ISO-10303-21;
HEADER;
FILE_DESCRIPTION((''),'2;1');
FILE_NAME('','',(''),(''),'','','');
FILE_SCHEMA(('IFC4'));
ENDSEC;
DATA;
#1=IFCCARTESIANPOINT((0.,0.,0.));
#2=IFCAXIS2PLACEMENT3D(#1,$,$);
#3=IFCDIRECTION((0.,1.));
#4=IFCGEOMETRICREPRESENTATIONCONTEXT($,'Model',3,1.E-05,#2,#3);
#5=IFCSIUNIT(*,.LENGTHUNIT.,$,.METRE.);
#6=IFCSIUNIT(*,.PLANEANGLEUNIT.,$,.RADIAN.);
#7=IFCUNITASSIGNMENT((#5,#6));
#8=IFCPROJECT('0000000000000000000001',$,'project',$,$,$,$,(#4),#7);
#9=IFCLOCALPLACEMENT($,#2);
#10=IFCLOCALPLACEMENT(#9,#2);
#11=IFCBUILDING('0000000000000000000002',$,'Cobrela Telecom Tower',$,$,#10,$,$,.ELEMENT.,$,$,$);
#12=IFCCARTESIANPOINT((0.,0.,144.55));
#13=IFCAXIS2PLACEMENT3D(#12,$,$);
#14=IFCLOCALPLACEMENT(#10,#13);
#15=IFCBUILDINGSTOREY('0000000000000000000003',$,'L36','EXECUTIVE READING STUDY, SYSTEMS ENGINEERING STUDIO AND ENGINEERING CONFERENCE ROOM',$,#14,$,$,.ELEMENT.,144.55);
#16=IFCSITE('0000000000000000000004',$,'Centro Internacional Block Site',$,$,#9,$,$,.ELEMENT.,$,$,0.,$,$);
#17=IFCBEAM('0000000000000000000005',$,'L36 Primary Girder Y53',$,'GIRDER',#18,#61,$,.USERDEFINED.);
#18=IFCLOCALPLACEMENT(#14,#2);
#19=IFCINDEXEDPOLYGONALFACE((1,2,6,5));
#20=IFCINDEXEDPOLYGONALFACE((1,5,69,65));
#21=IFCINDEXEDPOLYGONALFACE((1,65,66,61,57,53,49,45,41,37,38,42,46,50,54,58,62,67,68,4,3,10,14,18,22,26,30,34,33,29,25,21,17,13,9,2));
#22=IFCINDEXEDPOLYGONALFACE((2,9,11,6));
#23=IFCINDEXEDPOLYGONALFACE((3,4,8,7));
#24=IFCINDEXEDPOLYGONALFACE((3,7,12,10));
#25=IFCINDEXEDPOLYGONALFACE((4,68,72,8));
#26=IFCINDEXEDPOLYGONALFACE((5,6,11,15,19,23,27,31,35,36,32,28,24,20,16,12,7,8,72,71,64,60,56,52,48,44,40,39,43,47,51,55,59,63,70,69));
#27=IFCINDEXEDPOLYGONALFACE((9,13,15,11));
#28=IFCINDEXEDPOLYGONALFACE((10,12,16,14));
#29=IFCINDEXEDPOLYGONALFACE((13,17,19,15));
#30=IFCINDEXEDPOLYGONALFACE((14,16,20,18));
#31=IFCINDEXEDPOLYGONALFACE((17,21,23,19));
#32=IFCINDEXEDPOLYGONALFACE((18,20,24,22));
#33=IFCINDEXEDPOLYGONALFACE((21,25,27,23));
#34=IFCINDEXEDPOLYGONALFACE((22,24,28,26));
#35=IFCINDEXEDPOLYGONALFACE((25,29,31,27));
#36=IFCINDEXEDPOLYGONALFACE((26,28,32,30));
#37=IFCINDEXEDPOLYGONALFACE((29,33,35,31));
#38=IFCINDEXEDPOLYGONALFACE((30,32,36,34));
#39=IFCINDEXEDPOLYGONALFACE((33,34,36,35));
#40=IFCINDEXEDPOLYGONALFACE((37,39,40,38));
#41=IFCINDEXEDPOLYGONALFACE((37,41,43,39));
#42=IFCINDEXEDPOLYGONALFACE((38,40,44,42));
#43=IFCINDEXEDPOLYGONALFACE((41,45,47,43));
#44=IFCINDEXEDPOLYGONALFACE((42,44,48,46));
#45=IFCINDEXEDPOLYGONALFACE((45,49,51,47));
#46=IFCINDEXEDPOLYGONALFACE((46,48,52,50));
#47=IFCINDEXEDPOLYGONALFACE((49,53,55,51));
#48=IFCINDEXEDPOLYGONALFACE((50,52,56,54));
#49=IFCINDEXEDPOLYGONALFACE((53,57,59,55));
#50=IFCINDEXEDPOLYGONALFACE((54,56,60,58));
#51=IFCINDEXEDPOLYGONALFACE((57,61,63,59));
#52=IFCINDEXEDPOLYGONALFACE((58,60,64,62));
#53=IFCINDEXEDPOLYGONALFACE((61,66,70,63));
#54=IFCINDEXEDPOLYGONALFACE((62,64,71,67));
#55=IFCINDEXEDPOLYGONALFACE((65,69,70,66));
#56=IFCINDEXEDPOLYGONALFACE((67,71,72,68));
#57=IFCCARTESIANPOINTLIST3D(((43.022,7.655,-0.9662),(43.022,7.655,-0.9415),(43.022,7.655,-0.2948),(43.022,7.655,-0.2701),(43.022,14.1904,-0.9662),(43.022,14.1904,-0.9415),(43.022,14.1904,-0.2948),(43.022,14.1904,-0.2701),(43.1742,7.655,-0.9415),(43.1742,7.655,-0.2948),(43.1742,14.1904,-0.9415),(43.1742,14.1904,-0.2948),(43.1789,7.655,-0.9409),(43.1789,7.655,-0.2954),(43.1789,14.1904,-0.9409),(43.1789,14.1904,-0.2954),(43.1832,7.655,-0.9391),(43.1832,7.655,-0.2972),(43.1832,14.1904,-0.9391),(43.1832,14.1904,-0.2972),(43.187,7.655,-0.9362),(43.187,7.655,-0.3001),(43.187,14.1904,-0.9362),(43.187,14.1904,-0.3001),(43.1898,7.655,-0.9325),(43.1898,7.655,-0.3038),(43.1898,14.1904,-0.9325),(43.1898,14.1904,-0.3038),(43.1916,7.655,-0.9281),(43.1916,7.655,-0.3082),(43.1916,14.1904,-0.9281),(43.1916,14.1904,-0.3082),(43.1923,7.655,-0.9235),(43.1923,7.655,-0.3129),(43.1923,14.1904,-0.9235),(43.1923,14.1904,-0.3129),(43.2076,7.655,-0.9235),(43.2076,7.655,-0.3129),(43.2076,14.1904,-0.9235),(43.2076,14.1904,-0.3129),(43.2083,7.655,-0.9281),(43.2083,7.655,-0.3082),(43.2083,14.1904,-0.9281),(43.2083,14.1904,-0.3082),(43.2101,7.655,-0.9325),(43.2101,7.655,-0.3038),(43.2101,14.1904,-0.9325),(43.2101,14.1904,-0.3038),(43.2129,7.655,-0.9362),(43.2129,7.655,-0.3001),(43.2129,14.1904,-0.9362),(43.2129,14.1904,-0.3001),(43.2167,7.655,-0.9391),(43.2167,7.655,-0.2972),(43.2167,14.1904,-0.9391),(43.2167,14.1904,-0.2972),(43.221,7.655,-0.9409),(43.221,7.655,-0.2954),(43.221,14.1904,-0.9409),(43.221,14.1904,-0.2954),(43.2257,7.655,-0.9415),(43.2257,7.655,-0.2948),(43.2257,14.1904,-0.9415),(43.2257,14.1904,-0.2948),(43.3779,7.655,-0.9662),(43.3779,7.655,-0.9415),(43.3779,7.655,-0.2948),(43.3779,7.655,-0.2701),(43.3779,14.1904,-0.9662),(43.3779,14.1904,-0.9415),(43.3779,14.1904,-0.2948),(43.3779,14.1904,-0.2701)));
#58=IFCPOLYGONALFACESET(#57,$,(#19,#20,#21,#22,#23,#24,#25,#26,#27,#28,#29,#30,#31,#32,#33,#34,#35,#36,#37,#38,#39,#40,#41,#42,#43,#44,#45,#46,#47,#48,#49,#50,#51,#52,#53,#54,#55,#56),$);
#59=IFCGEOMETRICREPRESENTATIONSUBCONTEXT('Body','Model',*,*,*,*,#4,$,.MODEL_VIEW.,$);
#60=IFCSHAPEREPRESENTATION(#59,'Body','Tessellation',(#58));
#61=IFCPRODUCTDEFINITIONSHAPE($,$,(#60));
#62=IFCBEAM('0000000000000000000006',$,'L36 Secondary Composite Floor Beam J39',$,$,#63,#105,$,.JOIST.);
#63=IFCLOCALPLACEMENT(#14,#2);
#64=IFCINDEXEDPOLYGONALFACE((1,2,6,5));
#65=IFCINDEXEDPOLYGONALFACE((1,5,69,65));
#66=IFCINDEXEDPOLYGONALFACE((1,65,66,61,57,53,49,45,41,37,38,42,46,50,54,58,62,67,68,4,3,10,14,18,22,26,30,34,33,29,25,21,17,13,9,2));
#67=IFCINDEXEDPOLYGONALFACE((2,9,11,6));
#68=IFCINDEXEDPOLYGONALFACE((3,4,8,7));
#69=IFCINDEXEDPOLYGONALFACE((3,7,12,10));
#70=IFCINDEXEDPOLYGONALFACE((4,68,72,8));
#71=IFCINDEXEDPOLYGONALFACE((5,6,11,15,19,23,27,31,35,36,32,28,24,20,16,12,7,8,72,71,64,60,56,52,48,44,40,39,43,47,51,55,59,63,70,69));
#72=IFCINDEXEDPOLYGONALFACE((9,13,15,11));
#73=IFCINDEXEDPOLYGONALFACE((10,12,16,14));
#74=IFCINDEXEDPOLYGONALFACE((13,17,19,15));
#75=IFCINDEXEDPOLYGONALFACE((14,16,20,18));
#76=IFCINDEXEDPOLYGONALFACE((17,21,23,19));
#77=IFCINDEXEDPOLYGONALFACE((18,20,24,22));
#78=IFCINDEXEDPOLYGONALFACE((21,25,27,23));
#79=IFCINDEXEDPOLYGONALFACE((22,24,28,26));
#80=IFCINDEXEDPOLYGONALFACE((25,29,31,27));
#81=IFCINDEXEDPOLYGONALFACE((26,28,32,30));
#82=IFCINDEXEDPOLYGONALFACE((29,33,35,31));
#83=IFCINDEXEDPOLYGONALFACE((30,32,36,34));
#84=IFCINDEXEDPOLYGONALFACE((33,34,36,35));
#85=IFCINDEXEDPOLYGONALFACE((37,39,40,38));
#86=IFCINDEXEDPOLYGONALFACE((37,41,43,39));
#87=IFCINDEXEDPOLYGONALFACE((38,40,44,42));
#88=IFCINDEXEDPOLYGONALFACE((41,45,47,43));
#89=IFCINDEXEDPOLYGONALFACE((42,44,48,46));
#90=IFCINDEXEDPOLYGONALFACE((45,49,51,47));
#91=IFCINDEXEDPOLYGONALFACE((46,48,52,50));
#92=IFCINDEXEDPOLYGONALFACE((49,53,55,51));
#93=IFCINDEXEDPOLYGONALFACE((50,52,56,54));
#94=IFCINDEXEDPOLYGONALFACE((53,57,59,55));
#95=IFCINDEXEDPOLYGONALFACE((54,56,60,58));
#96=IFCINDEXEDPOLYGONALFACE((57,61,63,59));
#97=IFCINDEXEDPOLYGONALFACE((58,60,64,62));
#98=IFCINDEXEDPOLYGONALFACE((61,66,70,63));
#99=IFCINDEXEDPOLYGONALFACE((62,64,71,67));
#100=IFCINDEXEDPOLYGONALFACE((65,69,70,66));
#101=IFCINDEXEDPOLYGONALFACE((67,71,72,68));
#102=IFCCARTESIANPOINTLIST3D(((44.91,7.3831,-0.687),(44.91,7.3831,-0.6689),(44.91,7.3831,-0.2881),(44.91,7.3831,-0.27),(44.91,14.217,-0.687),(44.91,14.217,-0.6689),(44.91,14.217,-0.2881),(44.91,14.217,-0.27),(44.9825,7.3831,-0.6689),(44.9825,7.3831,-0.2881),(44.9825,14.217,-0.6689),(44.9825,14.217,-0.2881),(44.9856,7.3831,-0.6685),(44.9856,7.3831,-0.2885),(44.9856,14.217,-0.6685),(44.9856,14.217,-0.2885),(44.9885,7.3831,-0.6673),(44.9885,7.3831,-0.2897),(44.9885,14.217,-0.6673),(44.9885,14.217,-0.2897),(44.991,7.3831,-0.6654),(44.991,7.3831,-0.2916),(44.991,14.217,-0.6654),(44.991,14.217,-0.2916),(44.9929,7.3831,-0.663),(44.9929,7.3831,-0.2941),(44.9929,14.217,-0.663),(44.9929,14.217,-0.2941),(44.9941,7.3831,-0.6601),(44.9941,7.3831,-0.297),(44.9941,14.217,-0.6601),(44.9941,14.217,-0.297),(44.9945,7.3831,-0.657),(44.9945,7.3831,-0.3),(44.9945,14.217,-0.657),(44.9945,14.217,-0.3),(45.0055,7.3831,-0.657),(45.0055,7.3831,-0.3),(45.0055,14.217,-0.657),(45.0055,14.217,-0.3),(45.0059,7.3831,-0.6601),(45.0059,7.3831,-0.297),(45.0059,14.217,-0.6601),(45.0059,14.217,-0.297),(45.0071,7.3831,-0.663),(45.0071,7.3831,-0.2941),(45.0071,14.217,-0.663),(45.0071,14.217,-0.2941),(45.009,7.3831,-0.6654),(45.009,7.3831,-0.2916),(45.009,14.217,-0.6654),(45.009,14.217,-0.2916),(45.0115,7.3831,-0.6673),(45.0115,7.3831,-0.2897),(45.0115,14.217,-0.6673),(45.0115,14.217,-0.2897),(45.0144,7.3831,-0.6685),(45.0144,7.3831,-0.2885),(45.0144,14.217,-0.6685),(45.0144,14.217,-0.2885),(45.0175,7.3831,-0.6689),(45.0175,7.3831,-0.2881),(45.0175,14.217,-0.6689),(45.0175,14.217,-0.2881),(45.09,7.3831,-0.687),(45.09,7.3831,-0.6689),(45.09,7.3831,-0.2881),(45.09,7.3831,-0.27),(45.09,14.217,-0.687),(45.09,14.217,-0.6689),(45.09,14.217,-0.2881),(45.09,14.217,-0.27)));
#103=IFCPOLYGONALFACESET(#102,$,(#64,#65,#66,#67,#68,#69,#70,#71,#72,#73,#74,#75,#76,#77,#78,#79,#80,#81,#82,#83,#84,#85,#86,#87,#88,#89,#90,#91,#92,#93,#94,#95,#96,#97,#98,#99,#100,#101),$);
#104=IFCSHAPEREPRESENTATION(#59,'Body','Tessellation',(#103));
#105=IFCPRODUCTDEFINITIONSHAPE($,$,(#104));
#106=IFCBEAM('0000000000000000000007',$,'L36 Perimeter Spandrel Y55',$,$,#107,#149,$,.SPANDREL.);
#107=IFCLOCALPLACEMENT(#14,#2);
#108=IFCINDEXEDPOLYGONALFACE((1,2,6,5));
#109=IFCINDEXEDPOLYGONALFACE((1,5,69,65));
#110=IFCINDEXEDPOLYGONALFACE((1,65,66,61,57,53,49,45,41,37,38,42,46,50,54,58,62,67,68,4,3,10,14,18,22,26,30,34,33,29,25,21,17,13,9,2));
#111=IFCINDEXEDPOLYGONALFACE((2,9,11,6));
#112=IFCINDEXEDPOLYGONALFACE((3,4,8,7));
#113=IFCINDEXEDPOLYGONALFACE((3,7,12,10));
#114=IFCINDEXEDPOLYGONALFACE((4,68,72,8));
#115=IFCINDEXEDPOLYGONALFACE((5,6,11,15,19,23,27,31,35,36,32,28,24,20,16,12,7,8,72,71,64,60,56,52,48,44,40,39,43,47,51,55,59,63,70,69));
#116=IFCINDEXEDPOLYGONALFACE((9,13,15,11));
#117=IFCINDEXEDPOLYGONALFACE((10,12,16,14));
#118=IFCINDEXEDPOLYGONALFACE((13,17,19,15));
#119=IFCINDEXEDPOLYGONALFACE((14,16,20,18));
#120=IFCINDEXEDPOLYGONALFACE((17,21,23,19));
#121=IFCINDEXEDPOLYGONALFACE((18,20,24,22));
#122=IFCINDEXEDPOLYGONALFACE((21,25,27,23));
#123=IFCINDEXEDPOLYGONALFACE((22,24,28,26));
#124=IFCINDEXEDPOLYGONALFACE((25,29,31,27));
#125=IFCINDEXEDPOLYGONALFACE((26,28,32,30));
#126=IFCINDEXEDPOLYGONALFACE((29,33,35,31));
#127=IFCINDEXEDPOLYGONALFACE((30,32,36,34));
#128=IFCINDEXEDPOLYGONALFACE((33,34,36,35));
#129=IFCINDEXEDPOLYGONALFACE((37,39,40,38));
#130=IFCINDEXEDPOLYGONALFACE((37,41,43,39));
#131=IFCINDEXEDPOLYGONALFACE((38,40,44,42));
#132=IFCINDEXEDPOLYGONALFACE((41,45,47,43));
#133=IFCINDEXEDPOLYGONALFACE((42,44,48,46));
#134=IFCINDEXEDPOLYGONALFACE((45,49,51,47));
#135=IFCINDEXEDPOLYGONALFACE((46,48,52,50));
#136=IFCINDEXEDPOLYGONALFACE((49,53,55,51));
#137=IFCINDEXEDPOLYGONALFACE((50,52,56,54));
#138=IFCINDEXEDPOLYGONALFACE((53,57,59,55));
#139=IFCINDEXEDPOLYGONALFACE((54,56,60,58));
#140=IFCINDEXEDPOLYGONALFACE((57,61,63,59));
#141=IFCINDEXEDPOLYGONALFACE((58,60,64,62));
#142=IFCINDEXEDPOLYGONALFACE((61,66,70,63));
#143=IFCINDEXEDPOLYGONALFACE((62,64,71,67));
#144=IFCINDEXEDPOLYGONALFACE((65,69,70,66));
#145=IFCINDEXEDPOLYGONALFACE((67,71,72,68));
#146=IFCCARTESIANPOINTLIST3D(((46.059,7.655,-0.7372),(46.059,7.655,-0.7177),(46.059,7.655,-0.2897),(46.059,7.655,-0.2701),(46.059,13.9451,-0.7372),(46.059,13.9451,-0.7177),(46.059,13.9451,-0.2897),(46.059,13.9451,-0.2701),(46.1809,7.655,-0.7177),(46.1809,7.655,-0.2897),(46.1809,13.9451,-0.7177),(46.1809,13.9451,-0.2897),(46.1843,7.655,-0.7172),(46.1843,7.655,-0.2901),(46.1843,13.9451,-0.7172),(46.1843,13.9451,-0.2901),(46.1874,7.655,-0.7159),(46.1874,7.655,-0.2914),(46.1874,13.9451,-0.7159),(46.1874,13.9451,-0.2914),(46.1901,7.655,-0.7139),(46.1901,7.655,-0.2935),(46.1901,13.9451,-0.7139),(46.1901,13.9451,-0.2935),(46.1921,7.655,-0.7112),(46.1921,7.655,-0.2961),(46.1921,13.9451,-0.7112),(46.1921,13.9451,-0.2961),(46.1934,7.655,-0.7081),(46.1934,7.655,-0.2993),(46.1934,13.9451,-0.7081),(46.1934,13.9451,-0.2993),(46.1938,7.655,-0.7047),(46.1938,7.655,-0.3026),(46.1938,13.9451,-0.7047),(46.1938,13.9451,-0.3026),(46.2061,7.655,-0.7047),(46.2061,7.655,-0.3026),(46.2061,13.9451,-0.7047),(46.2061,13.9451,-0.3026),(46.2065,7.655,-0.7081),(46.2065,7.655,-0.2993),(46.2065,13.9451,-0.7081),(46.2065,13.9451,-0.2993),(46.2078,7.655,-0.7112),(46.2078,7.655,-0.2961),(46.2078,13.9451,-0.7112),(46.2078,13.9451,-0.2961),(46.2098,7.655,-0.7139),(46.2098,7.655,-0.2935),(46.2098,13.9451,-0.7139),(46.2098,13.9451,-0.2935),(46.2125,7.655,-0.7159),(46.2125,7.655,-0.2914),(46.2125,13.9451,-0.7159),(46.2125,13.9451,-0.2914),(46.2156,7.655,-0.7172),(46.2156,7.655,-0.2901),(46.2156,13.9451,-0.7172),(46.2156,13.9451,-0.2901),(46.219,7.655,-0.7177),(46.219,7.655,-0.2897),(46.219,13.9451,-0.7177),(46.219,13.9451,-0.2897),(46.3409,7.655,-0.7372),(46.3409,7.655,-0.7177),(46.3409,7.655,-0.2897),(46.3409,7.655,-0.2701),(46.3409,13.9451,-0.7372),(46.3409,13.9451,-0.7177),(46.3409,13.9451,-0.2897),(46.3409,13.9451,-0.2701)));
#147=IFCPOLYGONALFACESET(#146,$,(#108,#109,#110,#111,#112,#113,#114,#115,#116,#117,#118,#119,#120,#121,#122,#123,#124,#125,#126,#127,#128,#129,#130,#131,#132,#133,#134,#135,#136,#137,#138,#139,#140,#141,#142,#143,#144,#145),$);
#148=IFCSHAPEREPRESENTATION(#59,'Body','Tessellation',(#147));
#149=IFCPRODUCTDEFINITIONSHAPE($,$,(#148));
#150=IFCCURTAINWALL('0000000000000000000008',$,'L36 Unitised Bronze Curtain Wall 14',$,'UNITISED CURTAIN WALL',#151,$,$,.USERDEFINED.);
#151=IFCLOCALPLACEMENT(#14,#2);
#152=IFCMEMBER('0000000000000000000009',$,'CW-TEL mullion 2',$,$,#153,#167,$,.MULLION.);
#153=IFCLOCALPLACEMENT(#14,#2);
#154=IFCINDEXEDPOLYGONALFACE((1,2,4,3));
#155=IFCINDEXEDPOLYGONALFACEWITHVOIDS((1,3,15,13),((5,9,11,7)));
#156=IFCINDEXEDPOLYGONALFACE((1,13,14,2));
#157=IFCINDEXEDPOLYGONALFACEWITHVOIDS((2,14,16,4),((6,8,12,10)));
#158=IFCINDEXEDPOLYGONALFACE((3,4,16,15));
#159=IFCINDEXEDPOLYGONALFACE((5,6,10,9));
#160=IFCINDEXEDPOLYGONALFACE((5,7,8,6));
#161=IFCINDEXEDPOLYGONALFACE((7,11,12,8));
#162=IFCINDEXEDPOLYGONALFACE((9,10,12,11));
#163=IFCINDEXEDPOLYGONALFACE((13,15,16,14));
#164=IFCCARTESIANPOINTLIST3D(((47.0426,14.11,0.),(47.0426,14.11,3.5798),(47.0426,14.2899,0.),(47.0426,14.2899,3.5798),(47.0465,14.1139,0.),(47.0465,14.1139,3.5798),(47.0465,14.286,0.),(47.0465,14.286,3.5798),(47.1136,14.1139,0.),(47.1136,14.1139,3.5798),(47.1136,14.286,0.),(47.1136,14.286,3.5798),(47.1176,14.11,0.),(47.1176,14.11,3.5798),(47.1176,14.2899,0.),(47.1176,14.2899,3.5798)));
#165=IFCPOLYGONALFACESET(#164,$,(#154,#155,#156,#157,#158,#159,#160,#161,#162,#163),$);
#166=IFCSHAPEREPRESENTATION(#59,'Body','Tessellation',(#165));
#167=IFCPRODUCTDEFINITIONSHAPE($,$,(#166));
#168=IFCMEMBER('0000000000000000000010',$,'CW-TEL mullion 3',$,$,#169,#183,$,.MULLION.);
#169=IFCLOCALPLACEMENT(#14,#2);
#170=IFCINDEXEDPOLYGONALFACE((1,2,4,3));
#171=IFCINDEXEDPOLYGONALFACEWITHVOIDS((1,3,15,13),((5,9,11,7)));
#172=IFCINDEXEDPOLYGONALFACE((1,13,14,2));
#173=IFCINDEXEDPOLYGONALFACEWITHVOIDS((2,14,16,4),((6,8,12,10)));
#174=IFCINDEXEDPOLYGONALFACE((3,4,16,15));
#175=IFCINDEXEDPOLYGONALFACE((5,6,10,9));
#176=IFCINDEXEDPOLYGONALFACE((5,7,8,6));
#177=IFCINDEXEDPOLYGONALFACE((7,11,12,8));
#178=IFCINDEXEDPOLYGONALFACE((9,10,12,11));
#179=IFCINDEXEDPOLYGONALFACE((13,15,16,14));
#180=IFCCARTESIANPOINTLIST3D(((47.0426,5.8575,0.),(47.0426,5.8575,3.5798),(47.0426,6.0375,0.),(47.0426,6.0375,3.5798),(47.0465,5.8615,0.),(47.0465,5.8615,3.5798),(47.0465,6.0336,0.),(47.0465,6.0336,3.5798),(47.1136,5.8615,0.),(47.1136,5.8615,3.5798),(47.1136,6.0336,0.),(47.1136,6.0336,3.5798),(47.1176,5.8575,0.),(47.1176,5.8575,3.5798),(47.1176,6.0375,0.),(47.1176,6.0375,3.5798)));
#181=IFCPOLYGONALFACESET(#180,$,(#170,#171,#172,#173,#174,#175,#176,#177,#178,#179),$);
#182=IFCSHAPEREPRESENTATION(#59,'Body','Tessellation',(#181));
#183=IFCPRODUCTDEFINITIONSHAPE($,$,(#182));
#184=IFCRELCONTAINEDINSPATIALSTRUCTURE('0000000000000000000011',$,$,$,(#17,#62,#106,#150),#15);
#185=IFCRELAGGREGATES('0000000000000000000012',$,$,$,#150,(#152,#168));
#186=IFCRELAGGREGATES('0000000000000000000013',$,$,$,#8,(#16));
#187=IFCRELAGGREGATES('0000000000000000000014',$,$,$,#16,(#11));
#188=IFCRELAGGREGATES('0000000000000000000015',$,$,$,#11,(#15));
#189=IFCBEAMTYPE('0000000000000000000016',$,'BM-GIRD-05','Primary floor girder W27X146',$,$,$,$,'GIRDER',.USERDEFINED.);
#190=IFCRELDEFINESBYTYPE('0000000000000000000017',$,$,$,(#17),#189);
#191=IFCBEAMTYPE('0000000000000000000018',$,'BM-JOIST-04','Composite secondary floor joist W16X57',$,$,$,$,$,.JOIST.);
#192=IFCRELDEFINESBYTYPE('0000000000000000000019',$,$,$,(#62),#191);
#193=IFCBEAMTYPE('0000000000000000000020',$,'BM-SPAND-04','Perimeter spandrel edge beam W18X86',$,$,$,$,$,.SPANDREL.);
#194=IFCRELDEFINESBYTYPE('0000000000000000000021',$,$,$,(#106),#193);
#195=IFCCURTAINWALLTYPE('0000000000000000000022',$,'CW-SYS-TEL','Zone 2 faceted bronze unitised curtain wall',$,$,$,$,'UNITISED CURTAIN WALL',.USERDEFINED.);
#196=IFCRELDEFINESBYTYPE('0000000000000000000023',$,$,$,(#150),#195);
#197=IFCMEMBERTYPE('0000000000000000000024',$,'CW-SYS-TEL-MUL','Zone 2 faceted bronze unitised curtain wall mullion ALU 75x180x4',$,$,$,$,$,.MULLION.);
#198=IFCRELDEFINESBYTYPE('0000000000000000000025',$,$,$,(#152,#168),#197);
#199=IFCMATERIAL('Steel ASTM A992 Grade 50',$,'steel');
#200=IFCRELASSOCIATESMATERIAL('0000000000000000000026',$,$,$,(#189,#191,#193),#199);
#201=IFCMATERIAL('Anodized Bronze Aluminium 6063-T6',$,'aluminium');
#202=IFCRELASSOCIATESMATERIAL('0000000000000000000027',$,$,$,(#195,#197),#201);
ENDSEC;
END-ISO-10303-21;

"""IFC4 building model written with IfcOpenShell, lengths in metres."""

from ifc_helpers import new_model, si_unit, direction, frame, origin, origin_2d, place, context, subcontext, project, spatial, hollow_rectangle, i_section, extrude, material, material_profile, profile_set, type_object, element, aggregate, save


model = new_model("IFC4")

# Units and contexts
model_context = context("Model", 3, precision=1e-05, world=origin(), true_north=direction((0.0, 1.0)))
body_context = subcontext(model_context, "Body", "Model", "MODEL_VIEW")
ifc_project = project(units=[si_unit("LENGTHUNIT", "METRE"), si_unit("PLANEANGLEUNIT", "RADIAN")], contexts=[model_context])

# Site, building, storey
site_placement = place(None, origin())
site = spatial("IfcSite", under=ifc_project, at=site_placement, Name="Centro Internacional Block Site", CompositionType="ELEMENT", RefElevation=0.0)
building_placement = place(site_placement, origin())
building = spatial("IfcBuilding", under=site, at=building_placement, Name="Cobrela Telecom Tower", CompositionType="ELEMENT")
storey_placement = place(building_placement, frame((0.0, 0.0, 144.55)))
storey = spatial("IfcBuildingStorey", under=building, at=storey_placement, Name="L36", Description="EXECUTIVE READING STUDY, SYSTEMS ENGINEERING STUDIO AND ENGINEERING CONFERENCE ROOM", CompositionType="ELEMENT", Elevation=144.55)

# Shared definitions
ifc_material_1 = material(Name="Steel ASTM A992 Grade 50", Category="steel")

# Beams
ifc_material_profile_1 = material_profile(ifc_material_1, i_section(OverallWidth=0.356, OverallDepth=0.696, WebThickness=0.0154, FlangeThickness=0.0247, FilletRadius=0.0181, at=origin_2d()), Name="W27X146")
ifc_profile_set_1 = profile_set([ifc_material_profile_1], Name="Steel ASTM A992 Grade 50")
beam_type_1 = type_object("IfcBeamType", Name="BM-GIRD-05", Description="Primary floor girder W27X146", ElementType="GIRDER", PredefinedType="USERDEFINED", material=ifc_profile_set_1)
beam_1_placement = place(storey_placement, frame((43.2, 7.655, -0.6182), z_axis=(0.0, 1.0, 0.0), x_axis=(-1.0, 0.0, 0.0)))
element("IfcBeam", 1, at=beam_1_placement, inside=storey, type_object=beam_type_1, Name="L36 Primary Girder Y53", ObjectType="GIRDER", PredefinedType="USERDEFINED", context=body_context, shape_type="SweptSolid", body=[
    extrude(i_section(OverallWidth=0.356, OverallDepth=0.696, WebThickness=0.0154, FlangeThickness=0.0247, FilletRadius=0.0181, at=origin_2d()), origin(), (0.0, 0.0, 1.0), 6.5354),
])
ifc_material_profile_2 = material_profile(ifc_material_1, i_section(OverallWidth=0.1799, OverallDepth=0.417, WebThickness=0.011, FlangeThickness=0.0181, FilletRadius=0.012, at=origin_2d()), Name="W16X57")
ifc_profile_set_2 = profile_set([ifc_material_profile_2], Name="Steel ASTM A992 Grade 50")
beam_type_2 = type_object("IfcBeamType", Name="BM-JOIST-04", Description="Composite secondary floor joist W16X57", PredefinedType="JOIST", material=ifc_profile_set_2)
beam_2_placement = place(storey_placement, frame((45.0, 7.3831, -0.4785), z_axis=(0.0, 1.0, 0.0), x_axis=(-1.0, 0.0, 0.0)))
element("IfcBeam", 2, at=beam_2_placement, inside=storey, type_object=beam_type_2, Name="L36 Secondary Composite Floor Beam J39", PredefinedType="JOIST", context=body_context, shape_type="SweptSolid", body=[
    extrude(i_section(OverallWidth=0.1799, OverallDepth=0.417, WebThickness=0.011, FlangeThickness=0.0181, FilletRadius=0.012, at=origin_2d()), origin(), (0.0, 0.0, 1.0), 6.834),
])
ifc_material_profile_3 = material_profile(ifc_material_1, i_section(OverallWidth=0.282, OverallDepth=0.467, WebThickness=0.0122, FlangeThickness=0.0195, FilletRadius=0.0129, at=origin_2d()), Name="W18X86")
ifc_profile_set_3 = profile_set([ifc_material_profile_3], Name="Steel ASTM A992 Grade 50")
beam_type_3 = type_object("IfcBeamType", Name="BM-SPAND-04", Description="Perimeter spandrel edge beam W18X86", PredefinedType="SPANDREL", material=ifc_profile_set_3)
beam_3_placement = place(storey_placement, frame((46.2, 7.655, -0.5037), z_axis=(0.0, 1.0, 0.0), x_axis=(-1.0, 0.0, 0.0)))
element("IfcBeam", 3, at=beam_3_placement, inside=storey, type_object=beam_type_3, Name="L36 Perimeter Spandrel Y55", PredefinedType="SPANDREL", context=body_context, shape_type="SweptSolid", body=[
    extrude(i_section(OverallWidth=0.282, OverallDepth=0.467, WebThickness=0.0122, FlangeThickness=0.0195, FilletRadius=0.0129, at=origin_2d()), origin(), (0.0, 0.0, 1.0), 6.29),
])

# Curtain wall, members
ifc_material_2 = material(Name="Anodized Bronze Aluminium 6063-T6", Category="aluminium")
curtain_wall_type = type_object("IfcCurtainWallType", Name="CW-SYS-TEL", Description="Zone 2 faceted bronze unitised curtain wall", ElementType="UNITISED CURTAIN WALL", PredefinedType="USERDEFINED", material=ifc_material_2)
curtain_wall_1_placement = place(storey_placement, origin())
curtain_wall_1 = element("IfcCurtainWall", 4, at=curtain_wall_1_placement, inside=storey, type_object=curtain_wall_type, Name="L36 Unitised Bronze Curtain Wall 14", ObjectType="UNITISED CURTAIN WALL", PredefinedType="USERDEFINED")
ifc_material_profile_4 = material_profile(ifc_material_2, hollow_rectangle(XDim=0.075, YDim=0.1799, WallThickness=0.0039, at=origin_2d()), Name="ALU 75x180x4")
ifc_profile_set_4 = profile_set([ifc_material_profile_4], Name="Anodized Bronze Aluminium 6063-T6")
member_type_1 = type_object("IfcMemberType", Name="CW-SYS-TEL-MUL", Description="Zone 2 faceted bronze unitised curtain wall mullion ALU 75x180x4", PredefinedType="MULLION", material=ifc_profile_set_4)
member_1_placement = place(storey_placement, frame((47.0801, 14.2, 0.0), z_axis=(0.0, 0.0, 1.0), x_axis=(1.0, 0.0, 0.0)))
member_1 = element("IfcMember", 5, at=member_1_placement, type_object=member_type_1, Name="CW-TEL mullion 2", PredefinedType="MULLION", context=body_context, shape_type="SweptSolid", body=[
    extrude(hollow_rectangle(XDim=0.075, YDim=0.1799, WallThickness=0.0039, at=origin_2d()), origin(), (0.0, 0.0, 1.0), 3.5798),
])
member_2_placement = place(storey_placement, frame((47.0801, 5.9475, 0.0), z_axis=(0.0, 0.0, 1.0), x_axis=(1.0, 0.0, 0.0)))
member_2 = element("IfcMember", 6, at=member_2_placement, type_object=member_type_1, Name="CW-TEL mullion 3", PredefinedType="MULLION", context=body_context, shape_type="SweptSolid", body=[
    extrude(hollow_rectangle(XDim=0.075, YDim=0.1799, WallThickness=0.0039, at=origin_2d()), origin(), (0.0, 0.0, 1.0), 3.5798),
])

aggregate(curtain_wall_1, [member_1, member_2])

save(model, "model.ifc")
